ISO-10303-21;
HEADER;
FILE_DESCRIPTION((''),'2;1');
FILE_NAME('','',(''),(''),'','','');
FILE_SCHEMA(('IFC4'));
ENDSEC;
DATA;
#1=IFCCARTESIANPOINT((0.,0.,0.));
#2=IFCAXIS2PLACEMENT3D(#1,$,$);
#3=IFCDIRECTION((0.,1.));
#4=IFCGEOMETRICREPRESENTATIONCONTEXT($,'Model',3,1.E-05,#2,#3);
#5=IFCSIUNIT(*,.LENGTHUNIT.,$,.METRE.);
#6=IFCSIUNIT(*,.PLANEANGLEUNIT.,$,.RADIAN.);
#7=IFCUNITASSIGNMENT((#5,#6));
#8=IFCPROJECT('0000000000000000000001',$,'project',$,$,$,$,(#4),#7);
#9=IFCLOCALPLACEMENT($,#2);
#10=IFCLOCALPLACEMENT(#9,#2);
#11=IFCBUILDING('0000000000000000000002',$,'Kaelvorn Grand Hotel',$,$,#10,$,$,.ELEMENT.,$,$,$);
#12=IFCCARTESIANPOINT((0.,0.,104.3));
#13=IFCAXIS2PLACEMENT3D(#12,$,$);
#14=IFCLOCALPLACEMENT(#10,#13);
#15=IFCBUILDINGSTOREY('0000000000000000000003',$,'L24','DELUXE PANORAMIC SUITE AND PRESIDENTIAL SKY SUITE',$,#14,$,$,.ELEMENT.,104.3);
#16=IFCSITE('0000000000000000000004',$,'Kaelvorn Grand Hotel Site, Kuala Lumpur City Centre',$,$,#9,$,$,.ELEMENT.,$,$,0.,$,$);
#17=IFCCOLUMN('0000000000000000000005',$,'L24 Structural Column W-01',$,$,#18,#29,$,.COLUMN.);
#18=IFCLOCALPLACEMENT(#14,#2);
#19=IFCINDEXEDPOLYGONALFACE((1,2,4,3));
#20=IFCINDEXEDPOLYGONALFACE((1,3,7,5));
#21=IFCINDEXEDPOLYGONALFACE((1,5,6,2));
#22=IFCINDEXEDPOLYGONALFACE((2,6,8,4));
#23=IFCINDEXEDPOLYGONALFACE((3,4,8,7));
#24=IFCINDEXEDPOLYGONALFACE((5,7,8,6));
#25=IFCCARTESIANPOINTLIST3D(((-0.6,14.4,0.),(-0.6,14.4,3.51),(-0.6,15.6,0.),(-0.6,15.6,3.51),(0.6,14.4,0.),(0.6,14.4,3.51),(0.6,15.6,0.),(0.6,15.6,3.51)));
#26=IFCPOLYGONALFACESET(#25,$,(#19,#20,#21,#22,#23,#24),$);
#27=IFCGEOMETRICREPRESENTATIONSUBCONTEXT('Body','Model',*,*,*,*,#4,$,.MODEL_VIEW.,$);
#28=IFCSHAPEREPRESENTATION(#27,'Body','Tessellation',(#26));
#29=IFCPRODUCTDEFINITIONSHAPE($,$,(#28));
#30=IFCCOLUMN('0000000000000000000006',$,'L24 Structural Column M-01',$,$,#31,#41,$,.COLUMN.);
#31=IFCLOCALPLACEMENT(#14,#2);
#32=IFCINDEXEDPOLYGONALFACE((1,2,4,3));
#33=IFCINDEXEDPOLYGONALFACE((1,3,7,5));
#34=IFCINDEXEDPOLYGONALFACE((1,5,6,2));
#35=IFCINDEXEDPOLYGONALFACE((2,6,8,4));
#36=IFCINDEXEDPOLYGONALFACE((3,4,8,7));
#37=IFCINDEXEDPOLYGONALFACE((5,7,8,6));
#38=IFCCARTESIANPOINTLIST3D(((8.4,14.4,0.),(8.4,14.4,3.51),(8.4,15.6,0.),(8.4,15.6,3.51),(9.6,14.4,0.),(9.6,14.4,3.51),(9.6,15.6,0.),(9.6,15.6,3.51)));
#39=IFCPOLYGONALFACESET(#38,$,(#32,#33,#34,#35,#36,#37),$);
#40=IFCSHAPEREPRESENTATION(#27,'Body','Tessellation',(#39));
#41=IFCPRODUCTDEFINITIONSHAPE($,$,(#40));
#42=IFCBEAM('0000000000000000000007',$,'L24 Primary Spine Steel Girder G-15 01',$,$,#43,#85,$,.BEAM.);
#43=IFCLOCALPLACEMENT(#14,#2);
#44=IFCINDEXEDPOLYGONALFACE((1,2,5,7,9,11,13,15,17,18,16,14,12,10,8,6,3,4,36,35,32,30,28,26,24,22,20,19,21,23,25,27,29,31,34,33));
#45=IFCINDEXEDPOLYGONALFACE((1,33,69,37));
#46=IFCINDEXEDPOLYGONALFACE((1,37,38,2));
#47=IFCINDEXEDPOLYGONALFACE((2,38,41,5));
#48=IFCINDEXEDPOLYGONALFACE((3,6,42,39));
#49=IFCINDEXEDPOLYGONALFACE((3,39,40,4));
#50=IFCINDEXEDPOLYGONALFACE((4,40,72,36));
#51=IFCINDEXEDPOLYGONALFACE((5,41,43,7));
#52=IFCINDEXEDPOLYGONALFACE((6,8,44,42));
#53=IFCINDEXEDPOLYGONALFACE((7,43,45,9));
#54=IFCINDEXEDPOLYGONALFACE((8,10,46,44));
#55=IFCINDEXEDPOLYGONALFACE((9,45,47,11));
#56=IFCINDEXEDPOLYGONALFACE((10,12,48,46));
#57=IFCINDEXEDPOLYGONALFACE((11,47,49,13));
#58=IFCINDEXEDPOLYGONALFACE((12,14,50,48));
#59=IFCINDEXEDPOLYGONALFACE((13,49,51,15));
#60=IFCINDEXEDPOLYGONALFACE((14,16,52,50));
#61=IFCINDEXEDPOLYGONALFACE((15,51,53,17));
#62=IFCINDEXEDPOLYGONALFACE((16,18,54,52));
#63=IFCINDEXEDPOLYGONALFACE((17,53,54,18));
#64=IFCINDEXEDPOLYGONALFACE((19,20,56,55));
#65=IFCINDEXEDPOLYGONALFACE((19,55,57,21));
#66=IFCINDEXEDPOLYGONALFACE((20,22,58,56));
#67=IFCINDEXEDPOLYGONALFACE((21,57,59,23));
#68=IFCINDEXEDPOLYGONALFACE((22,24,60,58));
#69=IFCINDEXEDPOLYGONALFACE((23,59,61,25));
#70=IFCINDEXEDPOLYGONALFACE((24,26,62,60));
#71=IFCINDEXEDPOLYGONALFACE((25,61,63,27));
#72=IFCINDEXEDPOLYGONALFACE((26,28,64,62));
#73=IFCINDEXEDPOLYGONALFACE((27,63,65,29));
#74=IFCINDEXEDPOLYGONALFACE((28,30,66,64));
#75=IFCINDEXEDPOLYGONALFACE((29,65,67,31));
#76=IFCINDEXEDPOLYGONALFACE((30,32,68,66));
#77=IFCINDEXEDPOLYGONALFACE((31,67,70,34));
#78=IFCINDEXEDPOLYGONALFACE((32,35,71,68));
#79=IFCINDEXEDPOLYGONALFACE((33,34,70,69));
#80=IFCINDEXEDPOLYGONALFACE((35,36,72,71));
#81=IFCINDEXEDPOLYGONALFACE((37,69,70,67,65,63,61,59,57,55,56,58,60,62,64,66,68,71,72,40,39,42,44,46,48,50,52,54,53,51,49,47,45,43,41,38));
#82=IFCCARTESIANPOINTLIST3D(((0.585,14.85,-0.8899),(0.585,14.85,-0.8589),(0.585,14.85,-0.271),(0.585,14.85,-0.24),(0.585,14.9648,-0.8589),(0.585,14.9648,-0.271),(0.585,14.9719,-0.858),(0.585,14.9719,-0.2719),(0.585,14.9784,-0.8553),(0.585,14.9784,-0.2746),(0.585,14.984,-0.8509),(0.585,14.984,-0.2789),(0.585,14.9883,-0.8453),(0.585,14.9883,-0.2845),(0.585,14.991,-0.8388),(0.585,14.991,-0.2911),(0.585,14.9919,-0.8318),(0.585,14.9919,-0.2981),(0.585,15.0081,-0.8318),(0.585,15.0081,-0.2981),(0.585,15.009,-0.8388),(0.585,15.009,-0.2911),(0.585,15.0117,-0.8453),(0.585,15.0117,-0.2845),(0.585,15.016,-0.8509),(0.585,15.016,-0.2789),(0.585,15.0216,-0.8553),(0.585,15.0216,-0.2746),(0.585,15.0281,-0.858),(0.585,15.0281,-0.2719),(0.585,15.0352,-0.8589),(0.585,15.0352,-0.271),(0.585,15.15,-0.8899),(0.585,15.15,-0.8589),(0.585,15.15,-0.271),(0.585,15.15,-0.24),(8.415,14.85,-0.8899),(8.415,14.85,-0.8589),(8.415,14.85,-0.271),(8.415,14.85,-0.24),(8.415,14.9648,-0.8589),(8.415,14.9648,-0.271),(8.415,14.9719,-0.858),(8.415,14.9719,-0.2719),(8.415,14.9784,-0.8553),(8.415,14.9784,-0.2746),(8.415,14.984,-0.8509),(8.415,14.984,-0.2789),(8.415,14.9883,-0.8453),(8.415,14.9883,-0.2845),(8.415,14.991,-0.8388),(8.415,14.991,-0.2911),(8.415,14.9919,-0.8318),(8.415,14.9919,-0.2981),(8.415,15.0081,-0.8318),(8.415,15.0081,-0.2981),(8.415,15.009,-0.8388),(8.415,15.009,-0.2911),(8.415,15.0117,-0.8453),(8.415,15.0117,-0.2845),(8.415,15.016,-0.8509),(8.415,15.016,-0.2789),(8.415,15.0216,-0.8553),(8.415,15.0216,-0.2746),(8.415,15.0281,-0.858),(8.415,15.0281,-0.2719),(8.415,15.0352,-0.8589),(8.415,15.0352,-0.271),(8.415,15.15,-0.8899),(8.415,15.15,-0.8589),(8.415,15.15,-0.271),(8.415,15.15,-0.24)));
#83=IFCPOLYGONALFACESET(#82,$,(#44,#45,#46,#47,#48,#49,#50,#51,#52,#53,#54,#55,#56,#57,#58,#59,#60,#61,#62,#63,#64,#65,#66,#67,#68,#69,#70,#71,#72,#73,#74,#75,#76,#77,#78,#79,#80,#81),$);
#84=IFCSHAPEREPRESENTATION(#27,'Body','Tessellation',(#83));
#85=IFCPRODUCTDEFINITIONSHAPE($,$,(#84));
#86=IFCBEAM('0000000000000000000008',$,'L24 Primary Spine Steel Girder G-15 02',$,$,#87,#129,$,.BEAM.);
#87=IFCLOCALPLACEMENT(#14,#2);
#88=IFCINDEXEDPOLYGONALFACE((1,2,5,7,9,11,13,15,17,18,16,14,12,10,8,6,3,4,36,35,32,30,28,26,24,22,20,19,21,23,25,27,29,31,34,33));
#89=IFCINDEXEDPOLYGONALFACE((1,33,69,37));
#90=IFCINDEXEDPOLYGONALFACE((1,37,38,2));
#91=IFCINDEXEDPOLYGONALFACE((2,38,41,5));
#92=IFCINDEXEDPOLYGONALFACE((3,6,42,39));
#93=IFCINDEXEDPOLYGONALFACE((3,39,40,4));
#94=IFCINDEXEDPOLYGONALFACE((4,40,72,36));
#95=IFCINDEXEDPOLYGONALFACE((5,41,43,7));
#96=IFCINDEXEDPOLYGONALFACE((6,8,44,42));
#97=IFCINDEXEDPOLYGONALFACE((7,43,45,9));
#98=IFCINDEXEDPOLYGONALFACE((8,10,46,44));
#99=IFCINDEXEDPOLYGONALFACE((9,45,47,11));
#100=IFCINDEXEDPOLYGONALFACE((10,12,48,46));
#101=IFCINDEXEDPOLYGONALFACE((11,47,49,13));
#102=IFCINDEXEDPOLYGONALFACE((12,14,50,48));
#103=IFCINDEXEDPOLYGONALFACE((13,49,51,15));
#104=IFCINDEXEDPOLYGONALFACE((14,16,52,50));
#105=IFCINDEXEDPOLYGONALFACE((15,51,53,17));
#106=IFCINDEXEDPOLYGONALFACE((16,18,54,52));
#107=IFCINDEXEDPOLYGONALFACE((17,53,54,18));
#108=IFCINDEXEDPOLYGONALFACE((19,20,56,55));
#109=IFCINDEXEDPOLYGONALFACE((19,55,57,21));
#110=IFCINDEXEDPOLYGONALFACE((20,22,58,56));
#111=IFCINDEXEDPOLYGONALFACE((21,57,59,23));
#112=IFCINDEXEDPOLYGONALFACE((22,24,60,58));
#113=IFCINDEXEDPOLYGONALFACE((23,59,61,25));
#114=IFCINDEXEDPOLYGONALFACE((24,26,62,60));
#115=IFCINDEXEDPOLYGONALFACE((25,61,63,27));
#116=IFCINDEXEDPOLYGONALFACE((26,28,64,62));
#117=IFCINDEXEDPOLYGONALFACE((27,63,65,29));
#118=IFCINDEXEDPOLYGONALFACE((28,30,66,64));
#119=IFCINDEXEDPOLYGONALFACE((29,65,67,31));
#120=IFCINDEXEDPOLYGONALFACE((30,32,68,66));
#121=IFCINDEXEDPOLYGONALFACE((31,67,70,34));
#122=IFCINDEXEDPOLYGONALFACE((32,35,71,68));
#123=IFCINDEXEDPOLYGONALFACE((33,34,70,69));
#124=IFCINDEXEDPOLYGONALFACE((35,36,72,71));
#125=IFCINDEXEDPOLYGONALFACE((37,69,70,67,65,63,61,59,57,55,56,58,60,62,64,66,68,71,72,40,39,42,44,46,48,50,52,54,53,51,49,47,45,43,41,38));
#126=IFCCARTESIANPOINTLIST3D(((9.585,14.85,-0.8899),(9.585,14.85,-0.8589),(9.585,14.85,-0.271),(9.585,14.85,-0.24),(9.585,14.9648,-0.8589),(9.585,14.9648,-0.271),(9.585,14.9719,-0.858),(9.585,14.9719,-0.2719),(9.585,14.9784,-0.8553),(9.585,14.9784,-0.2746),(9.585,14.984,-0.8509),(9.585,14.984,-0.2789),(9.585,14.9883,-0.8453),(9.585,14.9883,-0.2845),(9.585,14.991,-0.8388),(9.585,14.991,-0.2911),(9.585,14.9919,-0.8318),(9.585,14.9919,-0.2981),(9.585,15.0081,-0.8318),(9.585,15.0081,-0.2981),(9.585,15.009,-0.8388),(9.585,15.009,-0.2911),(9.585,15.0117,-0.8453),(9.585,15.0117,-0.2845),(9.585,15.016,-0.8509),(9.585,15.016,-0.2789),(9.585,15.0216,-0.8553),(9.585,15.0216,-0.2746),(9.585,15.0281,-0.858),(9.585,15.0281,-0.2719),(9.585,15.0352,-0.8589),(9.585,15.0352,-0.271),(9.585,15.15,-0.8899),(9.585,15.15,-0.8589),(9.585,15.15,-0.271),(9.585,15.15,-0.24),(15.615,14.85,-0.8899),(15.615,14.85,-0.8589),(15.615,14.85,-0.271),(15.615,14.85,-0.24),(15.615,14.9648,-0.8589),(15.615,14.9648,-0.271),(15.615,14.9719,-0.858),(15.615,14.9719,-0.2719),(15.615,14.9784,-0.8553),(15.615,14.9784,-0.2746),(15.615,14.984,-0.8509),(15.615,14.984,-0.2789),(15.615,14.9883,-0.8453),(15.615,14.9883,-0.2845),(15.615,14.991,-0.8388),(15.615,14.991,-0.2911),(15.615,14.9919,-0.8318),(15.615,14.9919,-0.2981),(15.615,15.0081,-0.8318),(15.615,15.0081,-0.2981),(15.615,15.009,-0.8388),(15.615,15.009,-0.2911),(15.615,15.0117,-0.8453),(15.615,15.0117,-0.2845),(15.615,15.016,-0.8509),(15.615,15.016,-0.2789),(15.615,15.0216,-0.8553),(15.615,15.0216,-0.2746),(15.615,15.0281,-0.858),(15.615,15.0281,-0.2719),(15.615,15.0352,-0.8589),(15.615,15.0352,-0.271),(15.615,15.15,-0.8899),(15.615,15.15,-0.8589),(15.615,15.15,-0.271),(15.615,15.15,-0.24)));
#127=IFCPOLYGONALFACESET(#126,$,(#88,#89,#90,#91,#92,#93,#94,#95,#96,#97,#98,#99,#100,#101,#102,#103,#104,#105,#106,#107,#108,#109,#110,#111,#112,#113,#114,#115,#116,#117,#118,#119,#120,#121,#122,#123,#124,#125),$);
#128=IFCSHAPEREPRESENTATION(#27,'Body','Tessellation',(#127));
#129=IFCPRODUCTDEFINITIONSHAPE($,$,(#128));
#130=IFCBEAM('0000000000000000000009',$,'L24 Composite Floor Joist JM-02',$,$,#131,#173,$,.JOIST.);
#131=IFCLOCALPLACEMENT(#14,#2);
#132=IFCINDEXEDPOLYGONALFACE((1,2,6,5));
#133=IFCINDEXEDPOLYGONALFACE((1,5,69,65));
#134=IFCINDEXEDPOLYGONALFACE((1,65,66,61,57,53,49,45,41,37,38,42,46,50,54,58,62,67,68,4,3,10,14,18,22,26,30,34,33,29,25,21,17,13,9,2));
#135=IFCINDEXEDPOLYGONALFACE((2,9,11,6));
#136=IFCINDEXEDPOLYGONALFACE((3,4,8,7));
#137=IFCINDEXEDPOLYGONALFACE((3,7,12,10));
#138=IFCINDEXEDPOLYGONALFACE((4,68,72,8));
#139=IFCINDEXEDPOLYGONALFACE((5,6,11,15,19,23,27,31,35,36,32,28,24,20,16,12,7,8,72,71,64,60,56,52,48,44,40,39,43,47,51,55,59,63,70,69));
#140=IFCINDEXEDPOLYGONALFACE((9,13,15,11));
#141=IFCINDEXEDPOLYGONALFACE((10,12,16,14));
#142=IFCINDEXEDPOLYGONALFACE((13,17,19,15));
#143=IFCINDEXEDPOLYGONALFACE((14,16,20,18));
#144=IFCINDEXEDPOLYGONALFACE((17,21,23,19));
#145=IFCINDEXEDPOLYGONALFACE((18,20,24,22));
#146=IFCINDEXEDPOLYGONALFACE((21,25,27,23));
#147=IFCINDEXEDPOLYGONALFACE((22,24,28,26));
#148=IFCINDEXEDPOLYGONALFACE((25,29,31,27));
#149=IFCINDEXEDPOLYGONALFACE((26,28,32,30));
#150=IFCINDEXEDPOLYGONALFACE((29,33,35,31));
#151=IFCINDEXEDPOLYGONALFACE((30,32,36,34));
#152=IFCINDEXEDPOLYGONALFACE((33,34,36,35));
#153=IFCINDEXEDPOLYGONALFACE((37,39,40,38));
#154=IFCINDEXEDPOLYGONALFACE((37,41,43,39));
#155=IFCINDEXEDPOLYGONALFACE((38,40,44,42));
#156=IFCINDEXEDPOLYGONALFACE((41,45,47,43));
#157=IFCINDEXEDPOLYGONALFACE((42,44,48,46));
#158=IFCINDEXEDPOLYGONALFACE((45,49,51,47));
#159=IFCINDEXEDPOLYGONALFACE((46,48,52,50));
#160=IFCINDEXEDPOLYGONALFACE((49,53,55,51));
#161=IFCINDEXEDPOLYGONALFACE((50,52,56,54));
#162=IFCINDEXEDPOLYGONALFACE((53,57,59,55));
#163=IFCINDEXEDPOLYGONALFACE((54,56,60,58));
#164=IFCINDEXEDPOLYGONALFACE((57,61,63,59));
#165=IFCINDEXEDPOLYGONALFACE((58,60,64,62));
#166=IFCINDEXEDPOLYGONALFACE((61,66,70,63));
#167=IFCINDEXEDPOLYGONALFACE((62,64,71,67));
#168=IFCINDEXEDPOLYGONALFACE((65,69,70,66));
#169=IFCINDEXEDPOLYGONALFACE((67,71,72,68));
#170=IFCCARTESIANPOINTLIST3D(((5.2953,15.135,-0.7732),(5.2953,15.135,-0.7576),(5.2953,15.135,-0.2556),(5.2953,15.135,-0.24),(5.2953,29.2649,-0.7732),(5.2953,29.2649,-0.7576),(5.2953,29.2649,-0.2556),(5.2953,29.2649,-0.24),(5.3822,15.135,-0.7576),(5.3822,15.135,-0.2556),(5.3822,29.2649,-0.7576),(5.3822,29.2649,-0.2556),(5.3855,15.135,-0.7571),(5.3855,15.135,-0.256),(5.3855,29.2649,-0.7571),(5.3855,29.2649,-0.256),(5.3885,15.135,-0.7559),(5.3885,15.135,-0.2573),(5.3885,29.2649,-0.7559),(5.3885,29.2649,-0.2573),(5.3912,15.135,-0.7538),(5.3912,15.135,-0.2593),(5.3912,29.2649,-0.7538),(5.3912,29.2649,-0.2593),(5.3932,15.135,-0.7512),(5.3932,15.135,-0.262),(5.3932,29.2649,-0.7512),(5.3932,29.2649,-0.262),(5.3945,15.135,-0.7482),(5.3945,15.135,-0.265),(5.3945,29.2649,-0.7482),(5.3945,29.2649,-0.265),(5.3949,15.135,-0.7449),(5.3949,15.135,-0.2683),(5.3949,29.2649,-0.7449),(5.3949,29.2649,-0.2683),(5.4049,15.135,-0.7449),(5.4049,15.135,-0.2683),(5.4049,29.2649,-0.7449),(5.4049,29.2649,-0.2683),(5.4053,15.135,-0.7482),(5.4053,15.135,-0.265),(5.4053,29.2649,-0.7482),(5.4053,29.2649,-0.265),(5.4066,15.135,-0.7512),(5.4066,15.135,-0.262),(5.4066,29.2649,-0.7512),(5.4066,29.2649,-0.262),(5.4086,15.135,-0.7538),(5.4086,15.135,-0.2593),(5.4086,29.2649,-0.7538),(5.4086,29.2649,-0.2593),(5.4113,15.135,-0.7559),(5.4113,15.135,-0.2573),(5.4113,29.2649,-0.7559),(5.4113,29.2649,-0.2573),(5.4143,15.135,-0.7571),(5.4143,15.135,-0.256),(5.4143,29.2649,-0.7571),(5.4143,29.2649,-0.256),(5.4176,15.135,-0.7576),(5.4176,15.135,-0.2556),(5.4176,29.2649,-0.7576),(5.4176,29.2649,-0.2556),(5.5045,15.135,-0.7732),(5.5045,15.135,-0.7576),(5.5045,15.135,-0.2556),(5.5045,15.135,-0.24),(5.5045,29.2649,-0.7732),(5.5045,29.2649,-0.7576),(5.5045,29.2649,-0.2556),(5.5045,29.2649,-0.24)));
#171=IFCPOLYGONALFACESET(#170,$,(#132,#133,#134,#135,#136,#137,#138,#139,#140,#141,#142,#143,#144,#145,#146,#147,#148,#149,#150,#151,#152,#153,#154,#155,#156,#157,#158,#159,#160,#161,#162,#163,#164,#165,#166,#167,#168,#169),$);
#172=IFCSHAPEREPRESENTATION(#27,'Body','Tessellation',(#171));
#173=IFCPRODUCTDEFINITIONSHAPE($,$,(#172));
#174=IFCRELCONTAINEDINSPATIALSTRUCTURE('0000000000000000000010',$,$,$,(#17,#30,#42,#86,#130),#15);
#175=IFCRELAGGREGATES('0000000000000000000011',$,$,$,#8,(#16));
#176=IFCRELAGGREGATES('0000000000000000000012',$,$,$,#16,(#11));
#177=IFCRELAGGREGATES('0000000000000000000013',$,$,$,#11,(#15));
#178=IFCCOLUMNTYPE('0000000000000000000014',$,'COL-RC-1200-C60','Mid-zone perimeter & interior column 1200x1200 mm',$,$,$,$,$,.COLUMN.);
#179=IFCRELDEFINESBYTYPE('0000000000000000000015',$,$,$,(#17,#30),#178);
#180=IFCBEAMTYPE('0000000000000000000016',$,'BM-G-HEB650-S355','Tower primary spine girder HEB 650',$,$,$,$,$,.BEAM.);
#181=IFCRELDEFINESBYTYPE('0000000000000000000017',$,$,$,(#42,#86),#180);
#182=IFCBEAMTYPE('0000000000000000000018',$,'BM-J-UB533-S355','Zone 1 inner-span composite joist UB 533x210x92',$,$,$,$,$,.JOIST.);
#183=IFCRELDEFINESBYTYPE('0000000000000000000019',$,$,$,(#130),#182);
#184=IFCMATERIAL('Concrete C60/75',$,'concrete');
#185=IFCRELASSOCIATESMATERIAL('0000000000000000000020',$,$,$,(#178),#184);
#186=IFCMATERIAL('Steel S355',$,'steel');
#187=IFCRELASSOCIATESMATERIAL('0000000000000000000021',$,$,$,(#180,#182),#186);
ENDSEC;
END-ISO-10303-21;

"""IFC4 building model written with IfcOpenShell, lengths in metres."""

from ifc_helpers import new_model, si_unit, direction, frame, origin, origin_2d, place, context, subcontext, project, spatial, rectangle, i_section, extrude, material, material_profile, profile_set, type_object, element, save


model = new_model("IFC4")

# Units and contexts
model_context = context("Model", 3, precision=1e-05, world=origin(), true_north=direction((0.0, 1.0)))
body_context = subcontext(model_context, "Body", "Model", "MODEL_VIEW")
ifc_project = project(units=[si_unit("LENGTHUNIT", "METRE"), si_unit("PLANEANGLEUNIT", "RADIAN")], contexts=[model_context])

# Site, building, storey
site_placement = place(None, origin())
site = spatial("IfcSite", under=ifc_project, at=site_placement, Name="Kaelvorn Grand Hotel Site, Kuala Lumpur City Centre", CompositionType="ELEMENT", RefElevation=0.0)
building_placement = place(site_placement, origin())
building = spatial("IfcBuilding", under=site, at=building_placement, Name="Kaelvorn Grand Hotel", CompositionType="ELEMENT")
storey_placement = place(building_placement, frame((0.0, 0.0, 104.3)))
storey = spatial("IfcBuildingStorey", under=building, at=storey_placement, Name="L24", Description="DELUXE PANORAMIC SUITE AND PRESIDENTIAL SKY SUITE", CompositionType="ELEMENT", Elevation=104.3)

# Columns
ifc_material_1 = material(Name="Concrete C60/75", Category="concrete")
ifc_material_profile_1 = material_profile(ifc_material_1, rectangle(XDim=1.2, YDim=1.2, at=origin_2d()), Name="RC COL 1200x1200")
ifc_profile_set_1 = profile_set([ifc_material_profile_1], Name="Concrete C60/75")
column_type = type_object("IfcColumnType", Name="COL-RC-1200-C60", Description="Mid-zone perimeter & interior column 1200x1200 mm", PredefinedType="COLUMN", material=ifc_profile_set_1)
for number, where, z_axis, x_axis, name in (
    (1, (0.0, 15.0, 0.0), (0.0, 0.0, 1.0), (1.0, 0.0, 0.0), "L24 Structural Column W-01"),
    (2, (9.0, 15.0, 0.0), (0.0, 0.0, 1.0), (1.0, 0.0, 0.0), "L24 Structural Column M-01"),
):
    element("IfcColumn", number, at=place(storey_placement, frame(where, z_axis=z_axis, x_axis=x_axis)), inside=storey, type_object=column_type, Name=name, PredefinedType="COLUMN", context=body_context, shape_type="SweptSolid", body=[
        extrude(rectangle(XDim=1.2, YDim=1.2, at=origin_2d()), origin(), (0.0, 0.0, 1.0), 3.51),
    ])

# Beams
ifc_material_2 = material(Name="Steel S355", Category="steel")
ifc_material_profile_2 = material_profile(ifc_material_2, i_section(OverallWidth=0.3, OverallDepth=0.6499, WebThickness=0.0161, FlangeThickness=0.031, FilletRadius=0.0271, at=origin_2d()), Name="HEB 650")
ifc_profile_set_2 = profile_set([ifc_material_profile_2], Name="Steel S355")
beam_type_1 = type_object("IfcBeamType", Name="BM-G-HEB650-S355", Description="Tower primary spine girder HEB 650", PredefinedType="BEAM", material=ifc_profile_set_2)
beam_1_placement = place(storey_placement, frame((0.585, 15.0, -0.5649), z_axis=(1.0, 0.0, 0.0), x_axis=(0.0, 1.0, 0.0)))
element("IfcBeam", 3, at=beam_1_placement, inside=storey, type_object=beam_type_1, Name="L24 Primary Spine Steel Girder G-15 01", PredefinedType="BEAM", context=body_context, shape_type="SweptSolid", body=[
    extrude(i_section(OverallWidth=0.3, OverallDepth=0.6499, WebThickness=0.0161, FlangeThickness=0.031, FilletRadius=0.0271, at=origin_2d()), origin(), (0.0, 0.0, 1.0), 7.8301),
])
beam_2_placement = place(storey_placement, frame((9.585, 15.0, -0.5649), z_axis=(1.0, 0.0, 0.0), x_axis=(0.0, 1.0, 0.0)))
element("IfcBeam", 4, at=beam_2_placement, inside=storey, type_object=beam_type_1, Name="L24 Primary Spine Steel Girder G-15 02", PredefinedType="BEAM", context=body_context, shape_type="SweptSolid", body=[
    extrude(i_section(OverallWidth=0.3, OverallDepth=0.6499, WebThickness=0.0161, FlangeThickness=0.031, FilletRadius=0.0271, at=origin_2d()), origin(), (0.0, 0.0, 1.0), 6.03),
])
ifc_material_profile_3 = material_profile(ifc_material_2, i_section(OverallWidth=0.2092, OverallDepth=0.5332, WebThickness=0.01, FlangeThickness=0.0156, FilletRadius=0.0127, at=origin_2d()), Name="UB 533x210x92")
ifc_profile_set_3 = profile_set([ifc_material_profile_3], Name="Steel S355")
beam_type_2 = type_object("IfcBeamType", Name="BM-J-UB533-S355", Description="Zone 1 inner-span composite joist UB 533x210x92", PredefinedType="JOIST", material=ifc_profile_set_3)
beam_3_placement = place(storey_placement, frame((5.3999, 15.135, -0.5066), z_axis=(0.0, 1.0, 0.0), x_axis=(-1.0, 0.0, 0.0)))
element("IfcBeam", 5, at=beam_3_placement, inside=storey, type_object=beam_type_2, Name="L24 Composite Floor Joist JM-02", PredefinedType="JOIST", context=body_context, shape_type="SweptSolid", body=[
    extrude(i_section(OverallWidth=0.2092, OverallDepth=0.5332, WebThickness=0.01, FlangeThickness=0.0156, FilletRadius=0.0127, at=origin_2d()), origin(), (0.0, 0.0, 1.0), 14.1299),
])

save(model, "model.ifc")
